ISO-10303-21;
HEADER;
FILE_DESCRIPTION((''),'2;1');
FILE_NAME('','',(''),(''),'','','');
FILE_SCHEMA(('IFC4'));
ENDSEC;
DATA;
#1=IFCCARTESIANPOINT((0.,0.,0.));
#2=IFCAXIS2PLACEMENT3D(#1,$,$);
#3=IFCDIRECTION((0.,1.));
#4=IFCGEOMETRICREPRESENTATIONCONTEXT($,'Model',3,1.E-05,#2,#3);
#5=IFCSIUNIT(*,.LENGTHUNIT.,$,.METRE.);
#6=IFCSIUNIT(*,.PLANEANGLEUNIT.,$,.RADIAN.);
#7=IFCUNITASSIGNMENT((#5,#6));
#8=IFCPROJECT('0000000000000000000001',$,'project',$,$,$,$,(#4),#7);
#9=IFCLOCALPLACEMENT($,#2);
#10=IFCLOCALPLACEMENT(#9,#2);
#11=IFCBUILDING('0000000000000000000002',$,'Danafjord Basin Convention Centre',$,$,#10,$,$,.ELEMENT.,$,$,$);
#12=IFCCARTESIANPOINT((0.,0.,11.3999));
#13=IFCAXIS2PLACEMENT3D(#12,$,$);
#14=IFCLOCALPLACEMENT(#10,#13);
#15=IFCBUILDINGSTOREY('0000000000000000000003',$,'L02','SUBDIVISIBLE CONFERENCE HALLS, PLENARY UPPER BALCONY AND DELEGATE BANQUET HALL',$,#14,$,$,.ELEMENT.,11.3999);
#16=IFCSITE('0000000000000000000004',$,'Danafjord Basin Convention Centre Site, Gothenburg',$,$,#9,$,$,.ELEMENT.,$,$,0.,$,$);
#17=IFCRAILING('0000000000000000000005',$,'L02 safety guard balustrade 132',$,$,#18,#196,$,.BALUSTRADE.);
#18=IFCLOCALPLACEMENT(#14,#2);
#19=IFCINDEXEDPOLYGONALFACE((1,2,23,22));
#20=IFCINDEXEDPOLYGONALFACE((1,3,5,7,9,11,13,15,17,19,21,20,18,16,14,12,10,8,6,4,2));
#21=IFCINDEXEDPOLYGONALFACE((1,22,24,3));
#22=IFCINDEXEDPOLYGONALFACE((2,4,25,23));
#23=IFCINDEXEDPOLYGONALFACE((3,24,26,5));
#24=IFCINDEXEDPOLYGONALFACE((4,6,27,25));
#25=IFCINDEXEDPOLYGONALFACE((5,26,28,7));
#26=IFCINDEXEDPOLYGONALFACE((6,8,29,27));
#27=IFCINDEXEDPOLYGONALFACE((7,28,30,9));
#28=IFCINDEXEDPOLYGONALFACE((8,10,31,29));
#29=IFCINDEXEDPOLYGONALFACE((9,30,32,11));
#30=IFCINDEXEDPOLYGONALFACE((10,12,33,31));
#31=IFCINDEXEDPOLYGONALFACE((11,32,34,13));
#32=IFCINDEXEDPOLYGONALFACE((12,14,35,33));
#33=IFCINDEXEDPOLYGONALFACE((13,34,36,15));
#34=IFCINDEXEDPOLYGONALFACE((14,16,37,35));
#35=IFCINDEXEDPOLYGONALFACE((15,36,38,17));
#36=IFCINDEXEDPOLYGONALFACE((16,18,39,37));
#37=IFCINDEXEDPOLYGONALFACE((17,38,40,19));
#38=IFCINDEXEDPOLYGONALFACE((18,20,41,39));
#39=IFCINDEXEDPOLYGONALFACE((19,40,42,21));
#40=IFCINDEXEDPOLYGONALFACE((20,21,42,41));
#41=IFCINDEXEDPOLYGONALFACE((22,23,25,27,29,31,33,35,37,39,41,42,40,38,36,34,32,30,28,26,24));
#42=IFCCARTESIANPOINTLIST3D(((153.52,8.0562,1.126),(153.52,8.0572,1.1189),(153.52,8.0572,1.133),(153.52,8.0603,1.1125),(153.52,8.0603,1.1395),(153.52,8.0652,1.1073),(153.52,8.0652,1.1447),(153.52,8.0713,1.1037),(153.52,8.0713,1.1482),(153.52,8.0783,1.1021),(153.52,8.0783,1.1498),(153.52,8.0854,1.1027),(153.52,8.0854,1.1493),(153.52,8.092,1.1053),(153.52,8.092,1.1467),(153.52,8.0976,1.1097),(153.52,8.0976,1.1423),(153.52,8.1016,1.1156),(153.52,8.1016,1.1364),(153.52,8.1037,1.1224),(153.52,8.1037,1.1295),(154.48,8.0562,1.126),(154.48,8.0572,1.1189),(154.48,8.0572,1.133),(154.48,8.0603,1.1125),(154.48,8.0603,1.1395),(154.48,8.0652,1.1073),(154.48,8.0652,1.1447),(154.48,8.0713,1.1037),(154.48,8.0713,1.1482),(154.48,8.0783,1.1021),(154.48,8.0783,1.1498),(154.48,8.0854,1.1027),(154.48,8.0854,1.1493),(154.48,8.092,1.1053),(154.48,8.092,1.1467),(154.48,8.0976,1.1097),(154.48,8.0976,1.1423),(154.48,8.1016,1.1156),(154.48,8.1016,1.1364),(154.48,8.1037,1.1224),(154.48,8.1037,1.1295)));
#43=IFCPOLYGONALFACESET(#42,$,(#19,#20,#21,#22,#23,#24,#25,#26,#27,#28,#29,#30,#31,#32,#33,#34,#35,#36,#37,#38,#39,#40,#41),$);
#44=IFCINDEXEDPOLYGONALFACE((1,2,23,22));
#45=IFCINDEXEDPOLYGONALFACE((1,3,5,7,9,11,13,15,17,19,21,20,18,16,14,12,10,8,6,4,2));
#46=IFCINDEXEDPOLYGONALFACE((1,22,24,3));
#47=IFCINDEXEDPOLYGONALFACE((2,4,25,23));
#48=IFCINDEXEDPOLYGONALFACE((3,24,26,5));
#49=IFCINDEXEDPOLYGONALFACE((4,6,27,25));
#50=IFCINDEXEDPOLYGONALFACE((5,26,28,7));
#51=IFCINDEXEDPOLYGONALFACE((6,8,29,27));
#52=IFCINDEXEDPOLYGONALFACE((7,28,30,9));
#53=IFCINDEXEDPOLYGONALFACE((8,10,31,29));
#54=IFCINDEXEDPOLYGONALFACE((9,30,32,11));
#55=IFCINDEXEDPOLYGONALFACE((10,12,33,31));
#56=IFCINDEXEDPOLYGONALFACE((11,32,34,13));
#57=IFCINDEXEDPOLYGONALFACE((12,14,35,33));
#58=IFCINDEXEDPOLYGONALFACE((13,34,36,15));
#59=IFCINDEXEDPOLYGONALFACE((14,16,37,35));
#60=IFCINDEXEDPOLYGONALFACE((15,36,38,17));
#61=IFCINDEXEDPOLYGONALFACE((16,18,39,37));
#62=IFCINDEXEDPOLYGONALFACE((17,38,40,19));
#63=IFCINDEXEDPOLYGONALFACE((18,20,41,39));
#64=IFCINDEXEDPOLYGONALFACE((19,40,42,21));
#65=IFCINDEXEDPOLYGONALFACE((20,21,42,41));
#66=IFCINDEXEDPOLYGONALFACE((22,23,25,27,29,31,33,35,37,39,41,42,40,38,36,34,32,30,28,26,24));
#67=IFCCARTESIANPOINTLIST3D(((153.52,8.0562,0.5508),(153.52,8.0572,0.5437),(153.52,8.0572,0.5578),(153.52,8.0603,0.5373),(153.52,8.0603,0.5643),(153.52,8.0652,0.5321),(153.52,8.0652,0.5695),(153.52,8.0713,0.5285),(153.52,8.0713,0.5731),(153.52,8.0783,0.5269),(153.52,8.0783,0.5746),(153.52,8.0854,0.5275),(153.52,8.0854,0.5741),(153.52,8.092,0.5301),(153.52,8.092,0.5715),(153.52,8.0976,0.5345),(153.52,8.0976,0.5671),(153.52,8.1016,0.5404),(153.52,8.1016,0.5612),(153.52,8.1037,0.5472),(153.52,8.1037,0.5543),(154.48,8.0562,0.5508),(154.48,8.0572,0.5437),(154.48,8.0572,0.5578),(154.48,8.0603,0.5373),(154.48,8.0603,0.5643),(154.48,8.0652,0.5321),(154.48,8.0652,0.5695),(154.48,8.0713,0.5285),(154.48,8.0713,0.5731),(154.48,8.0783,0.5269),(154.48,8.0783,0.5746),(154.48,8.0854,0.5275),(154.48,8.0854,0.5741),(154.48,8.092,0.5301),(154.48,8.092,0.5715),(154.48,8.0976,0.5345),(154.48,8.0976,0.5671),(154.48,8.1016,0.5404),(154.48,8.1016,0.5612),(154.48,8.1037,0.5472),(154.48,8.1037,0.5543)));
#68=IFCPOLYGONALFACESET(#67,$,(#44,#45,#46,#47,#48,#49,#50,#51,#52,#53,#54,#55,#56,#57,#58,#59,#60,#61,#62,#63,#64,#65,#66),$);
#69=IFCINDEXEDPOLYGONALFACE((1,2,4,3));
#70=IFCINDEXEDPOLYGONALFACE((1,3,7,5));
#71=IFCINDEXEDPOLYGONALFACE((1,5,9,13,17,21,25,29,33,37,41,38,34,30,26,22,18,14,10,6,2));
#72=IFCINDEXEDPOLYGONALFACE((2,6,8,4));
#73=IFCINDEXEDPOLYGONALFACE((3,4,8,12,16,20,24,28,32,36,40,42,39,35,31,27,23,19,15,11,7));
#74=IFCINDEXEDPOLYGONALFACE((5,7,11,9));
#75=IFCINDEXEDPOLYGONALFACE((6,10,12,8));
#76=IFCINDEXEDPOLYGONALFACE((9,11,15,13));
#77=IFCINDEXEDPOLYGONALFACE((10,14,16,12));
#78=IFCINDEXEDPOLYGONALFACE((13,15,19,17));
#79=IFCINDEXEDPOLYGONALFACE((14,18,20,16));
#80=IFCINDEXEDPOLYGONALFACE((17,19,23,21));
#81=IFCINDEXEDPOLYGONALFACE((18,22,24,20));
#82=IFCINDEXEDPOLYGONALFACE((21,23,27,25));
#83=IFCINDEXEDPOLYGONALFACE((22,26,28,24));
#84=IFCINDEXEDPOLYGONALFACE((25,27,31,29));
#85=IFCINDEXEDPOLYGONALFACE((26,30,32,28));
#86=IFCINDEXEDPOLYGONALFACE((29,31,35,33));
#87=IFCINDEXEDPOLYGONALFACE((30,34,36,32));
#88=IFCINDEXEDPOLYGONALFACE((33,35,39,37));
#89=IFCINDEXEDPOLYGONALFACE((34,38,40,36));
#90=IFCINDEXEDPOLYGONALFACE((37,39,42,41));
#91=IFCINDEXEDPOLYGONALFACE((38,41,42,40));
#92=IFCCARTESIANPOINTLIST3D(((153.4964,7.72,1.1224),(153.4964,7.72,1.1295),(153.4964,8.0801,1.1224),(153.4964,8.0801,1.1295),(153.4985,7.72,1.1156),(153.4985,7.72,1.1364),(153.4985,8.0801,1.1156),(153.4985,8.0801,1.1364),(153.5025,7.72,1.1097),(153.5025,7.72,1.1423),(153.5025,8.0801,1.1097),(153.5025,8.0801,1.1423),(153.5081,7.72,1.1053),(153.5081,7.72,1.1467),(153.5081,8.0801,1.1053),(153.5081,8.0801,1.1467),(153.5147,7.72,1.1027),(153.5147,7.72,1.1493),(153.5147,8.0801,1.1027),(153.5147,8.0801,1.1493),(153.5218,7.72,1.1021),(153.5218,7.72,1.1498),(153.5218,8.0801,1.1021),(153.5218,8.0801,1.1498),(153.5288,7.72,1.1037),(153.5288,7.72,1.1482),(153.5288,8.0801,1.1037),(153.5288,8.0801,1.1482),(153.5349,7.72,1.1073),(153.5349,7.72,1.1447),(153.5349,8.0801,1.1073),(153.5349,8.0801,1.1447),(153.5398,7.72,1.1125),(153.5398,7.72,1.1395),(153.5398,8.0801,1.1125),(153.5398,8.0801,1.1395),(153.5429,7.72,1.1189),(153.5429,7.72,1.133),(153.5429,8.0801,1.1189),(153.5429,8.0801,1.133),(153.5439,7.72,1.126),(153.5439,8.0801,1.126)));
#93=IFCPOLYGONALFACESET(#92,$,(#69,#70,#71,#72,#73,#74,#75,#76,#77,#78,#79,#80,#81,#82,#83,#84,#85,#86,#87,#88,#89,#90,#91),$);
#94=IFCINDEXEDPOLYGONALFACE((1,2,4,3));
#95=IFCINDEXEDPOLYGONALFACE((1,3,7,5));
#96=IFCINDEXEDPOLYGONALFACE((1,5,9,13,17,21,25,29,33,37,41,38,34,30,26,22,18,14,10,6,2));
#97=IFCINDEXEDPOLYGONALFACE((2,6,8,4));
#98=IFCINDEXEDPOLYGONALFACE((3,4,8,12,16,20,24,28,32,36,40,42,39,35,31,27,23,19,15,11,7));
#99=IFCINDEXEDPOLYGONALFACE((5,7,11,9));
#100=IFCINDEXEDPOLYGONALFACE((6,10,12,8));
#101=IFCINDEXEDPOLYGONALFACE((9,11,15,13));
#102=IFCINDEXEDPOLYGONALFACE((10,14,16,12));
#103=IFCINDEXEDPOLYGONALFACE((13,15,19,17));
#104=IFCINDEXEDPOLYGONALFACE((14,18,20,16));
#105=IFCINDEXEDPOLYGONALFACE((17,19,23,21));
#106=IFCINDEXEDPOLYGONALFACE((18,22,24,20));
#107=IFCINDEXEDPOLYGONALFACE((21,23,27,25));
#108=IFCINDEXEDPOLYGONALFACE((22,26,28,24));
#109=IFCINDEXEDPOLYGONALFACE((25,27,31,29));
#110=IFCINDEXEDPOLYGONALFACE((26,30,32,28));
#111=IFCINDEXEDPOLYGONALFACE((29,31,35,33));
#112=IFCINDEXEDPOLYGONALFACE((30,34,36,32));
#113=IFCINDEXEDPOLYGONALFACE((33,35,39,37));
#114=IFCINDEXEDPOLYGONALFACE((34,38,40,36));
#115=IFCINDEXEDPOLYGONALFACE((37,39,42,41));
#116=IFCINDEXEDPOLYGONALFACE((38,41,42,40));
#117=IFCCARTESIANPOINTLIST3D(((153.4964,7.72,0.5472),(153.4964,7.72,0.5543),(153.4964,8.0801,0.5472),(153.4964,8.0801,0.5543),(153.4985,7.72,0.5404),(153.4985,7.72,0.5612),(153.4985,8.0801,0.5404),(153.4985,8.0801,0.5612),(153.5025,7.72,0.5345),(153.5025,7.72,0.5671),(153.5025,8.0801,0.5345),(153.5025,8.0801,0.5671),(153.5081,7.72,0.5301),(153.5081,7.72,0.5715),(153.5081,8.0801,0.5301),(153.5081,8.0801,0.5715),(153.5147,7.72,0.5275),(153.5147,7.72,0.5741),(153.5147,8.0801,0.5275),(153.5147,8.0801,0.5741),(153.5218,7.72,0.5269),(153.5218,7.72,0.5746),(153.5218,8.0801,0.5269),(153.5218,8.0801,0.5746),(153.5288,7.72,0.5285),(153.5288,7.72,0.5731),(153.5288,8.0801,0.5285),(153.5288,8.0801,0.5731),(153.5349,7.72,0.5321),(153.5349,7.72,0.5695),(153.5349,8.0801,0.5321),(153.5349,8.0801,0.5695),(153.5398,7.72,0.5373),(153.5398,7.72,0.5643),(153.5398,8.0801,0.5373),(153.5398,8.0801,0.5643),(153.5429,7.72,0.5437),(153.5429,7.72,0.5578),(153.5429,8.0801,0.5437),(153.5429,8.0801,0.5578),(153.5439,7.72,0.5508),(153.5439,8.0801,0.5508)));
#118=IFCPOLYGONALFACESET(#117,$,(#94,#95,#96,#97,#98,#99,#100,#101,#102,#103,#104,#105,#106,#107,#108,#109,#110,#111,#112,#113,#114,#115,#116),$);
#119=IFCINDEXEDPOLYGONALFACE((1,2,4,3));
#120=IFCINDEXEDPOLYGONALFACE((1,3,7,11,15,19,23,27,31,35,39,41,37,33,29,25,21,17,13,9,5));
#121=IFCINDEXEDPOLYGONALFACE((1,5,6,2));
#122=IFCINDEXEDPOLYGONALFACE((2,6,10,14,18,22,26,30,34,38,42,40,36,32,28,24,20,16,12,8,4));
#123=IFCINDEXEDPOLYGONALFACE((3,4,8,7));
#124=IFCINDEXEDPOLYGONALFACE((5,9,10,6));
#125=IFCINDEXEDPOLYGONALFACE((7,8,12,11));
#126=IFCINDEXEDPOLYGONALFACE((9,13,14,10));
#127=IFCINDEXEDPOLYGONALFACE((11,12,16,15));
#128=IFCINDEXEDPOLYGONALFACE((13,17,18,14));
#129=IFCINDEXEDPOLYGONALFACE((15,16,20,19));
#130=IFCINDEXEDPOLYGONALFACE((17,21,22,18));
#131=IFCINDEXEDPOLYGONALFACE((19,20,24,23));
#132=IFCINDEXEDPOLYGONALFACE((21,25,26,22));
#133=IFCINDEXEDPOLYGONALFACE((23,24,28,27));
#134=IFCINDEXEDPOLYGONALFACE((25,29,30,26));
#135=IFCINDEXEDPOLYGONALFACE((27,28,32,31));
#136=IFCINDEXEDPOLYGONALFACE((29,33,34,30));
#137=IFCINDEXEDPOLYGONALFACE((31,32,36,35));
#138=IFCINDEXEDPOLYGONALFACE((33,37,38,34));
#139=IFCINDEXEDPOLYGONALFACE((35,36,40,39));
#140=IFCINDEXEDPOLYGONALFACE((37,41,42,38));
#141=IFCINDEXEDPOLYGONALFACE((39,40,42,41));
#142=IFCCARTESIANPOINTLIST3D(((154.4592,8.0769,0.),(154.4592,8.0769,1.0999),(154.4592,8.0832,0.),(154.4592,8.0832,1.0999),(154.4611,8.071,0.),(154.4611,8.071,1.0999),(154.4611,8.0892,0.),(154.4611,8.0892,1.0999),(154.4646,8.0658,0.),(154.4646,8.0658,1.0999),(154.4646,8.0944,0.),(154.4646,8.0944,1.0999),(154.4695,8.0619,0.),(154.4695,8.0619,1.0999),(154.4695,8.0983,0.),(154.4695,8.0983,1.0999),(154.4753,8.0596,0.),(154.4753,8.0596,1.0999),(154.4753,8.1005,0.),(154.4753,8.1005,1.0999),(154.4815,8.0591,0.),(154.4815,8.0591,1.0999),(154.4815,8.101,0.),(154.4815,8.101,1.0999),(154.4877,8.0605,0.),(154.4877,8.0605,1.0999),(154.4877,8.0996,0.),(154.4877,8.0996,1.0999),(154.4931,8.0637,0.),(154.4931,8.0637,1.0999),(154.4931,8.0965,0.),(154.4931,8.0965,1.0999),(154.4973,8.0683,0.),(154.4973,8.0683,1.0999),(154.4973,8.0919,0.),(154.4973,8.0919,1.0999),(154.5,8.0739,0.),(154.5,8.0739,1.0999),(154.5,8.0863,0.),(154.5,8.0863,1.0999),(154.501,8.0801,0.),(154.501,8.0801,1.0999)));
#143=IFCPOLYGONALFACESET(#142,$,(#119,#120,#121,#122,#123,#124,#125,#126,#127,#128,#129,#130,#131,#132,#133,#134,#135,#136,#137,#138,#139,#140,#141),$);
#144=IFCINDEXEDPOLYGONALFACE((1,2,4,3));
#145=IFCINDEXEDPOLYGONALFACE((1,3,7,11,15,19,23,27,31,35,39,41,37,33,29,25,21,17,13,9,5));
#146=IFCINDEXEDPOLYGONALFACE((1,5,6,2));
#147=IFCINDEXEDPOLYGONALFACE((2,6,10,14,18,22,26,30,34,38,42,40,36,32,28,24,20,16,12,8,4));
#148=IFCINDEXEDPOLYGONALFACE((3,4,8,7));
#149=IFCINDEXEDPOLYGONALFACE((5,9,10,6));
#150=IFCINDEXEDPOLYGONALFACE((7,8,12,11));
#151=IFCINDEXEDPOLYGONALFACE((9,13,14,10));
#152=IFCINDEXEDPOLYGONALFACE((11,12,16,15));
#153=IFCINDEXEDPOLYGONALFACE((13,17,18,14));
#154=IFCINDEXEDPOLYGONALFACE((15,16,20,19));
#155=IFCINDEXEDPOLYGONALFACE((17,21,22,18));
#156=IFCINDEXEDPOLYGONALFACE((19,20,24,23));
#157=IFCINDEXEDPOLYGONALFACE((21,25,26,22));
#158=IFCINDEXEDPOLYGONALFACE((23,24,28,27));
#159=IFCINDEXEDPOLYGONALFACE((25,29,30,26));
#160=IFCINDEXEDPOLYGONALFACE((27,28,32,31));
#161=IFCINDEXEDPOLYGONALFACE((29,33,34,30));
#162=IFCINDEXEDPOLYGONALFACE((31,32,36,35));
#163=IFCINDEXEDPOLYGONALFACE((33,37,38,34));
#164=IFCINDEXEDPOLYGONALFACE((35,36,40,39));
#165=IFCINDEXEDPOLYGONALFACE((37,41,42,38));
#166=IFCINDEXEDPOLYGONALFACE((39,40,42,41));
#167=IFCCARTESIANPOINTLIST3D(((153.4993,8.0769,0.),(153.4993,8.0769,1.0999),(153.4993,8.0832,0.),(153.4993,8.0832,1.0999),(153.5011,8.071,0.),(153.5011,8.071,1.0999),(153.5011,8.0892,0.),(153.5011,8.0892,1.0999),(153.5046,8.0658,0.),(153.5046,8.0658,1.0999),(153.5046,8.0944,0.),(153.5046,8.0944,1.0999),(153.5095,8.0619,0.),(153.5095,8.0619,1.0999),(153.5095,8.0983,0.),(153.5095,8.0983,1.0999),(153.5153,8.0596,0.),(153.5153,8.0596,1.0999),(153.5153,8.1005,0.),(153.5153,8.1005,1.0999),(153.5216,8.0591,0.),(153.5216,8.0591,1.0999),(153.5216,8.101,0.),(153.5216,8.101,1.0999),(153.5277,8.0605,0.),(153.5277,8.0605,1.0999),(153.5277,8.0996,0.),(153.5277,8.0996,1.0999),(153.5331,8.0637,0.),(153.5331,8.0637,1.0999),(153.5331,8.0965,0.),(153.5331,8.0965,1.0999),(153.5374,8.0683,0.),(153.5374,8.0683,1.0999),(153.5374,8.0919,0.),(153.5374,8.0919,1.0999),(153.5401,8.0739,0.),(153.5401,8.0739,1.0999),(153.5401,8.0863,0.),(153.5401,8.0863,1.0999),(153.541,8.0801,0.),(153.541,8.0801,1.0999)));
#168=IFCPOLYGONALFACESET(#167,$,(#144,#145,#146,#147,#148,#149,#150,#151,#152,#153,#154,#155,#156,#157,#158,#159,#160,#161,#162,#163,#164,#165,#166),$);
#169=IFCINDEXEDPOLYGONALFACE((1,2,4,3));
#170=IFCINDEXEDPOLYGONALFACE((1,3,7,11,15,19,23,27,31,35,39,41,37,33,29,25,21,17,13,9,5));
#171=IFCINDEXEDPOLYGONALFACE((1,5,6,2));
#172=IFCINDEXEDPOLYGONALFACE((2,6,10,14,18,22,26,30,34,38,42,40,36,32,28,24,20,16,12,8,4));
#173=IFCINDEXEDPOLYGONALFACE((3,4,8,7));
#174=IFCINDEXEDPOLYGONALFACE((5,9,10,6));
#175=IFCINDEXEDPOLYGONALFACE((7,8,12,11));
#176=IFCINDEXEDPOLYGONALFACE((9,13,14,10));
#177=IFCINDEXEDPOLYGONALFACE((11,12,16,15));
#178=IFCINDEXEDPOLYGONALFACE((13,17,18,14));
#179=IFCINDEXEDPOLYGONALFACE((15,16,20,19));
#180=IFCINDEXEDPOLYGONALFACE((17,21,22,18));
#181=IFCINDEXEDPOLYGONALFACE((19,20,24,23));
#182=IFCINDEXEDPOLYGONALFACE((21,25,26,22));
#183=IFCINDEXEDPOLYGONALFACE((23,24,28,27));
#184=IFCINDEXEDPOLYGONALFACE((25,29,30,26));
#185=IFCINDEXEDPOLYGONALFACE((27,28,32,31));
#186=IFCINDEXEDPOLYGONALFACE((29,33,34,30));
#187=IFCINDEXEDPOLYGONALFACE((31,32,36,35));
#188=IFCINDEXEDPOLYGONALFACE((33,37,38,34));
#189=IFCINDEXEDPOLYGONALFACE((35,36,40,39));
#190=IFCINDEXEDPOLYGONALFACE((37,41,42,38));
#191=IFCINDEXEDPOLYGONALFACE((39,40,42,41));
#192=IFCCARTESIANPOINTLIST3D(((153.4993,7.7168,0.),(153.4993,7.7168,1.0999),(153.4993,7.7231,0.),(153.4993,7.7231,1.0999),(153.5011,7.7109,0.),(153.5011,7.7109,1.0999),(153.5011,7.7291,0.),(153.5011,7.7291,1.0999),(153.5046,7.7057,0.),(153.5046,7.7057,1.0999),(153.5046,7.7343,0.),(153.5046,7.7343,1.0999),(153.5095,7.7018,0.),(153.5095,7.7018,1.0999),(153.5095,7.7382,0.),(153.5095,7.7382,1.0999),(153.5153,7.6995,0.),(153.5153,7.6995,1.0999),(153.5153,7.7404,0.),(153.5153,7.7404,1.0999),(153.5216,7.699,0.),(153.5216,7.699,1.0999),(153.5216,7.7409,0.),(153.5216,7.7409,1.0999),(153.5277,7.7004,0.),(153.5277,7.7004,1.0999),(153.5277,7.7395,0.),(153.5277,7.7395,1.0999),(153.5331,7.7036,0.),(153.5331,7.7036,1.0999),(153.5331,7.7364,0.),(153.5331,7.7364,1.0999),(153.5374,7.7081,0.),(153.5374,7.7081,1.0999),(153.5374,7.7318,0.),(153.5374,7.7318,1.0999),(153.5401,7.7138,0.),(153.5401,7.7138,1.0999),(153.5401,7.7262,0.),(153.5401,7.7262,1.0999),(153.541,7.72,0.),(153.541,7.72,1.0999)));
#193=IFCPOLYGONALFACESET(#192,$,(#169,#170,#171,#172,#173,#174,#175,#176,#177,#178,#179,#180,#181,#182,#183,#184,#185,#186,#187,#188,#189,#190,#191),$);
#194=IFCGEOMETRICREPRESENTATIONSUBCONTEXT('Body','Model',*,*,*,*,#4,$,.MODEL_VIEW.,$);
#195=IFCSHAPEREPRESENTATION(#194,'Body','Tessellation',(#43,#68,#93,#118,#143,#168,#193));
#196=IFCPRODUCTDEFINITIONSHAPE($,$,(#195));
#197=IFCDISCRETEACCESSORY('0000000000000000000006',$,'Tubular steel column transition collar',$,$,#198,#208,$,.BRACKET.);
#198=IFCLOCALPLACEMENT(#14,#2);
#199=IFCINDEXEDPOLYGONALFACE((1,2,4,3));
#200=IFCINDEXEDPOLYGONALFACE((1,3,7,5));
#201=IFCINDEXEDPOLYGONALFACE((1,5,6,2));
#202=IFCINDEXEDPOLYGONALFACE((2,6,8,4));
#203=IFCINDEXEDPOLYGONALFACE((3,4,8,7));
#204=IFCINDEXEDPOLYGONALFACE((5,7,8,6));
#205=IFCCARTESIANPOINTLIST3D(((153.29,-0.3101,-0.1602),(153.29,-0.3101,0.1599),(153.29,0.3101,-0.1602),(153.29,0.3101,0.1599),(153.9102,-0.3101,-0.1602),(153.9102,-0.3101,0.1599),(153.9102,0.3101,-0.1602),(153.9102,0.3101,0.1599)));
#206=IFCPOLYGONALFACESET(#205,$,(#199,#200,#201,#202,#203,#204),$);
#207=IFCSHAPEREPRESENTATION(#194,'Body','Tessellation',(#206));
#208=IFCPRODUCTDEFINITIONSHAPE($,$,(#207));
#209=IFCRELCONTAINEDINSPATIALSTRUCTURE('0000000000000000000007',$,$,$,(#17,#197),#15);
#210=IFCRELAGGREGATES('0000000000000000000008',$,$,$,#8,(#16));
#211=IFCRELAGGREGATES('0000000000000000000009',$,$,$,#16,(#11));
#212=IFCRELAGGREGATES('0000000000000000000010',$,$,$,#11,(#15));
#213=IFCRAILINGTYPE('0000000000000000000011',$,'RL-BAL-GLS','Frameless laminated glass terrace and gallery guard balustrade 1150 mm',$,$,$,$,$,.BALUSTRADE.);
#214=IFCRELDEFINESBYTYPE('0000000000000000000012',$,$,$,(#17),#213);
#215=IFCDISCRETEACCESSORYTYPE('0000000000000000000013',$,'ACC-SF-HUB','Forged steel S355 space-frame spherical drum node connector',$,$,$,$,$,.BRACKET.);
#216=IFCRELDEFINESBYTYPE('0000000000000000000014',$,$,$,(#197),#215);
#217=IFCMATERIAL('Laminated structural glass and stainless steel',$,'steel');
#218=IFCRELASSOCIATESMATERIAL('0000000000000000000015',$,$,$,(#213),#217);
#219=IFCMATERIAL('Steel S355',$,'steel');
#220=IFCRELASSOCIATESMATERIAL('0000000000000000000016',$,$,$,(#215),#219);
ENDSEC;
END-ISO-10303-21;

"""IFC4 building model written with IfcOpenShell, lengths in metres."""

from ifc_helpers import new_model, si_unit, direction, frame, origin, origin_2d, place, context, subcontext, project, spatial, rectangle, circle, extrude, material, type_object, element, save


model = new_model("IFC4")

# Units and contexts
model_context = context("Model", 3, precision=1e-05, world=origin(), true_north=direction((0.0, 1.0)))
body_context = subcontext(model_context, "Body", "Model", "MODEL_VIEW")
ifc_project = project(units=[si_unit("LENGTHUNIT", "METRE"), si_unit("PLANEANGLEUNIT", "RADIAN")], contexts=[model_context])

# Site, building, storey
site_placement = place(None, origin())
site = spatial("IfcSite", under=ifc_project, at=site_placement, Name="Danafjord Basin Convention Centre Site, Gothenburg", CompositionType="ELEMENT", RefElevation=0.0)
building_placement = place(site_placement, origin())
building = spatial("IfcBuilding", under=site, at=building_placement, Name="Danafjord Basin Convention Centre", CompositionType="ELEMENT")
storey_placement = place(building_placement, frame((0.0, 0.0, 11.3999)))
storey = spatial("IfcBuildingStorey", under=building, at=storey_placement, Name="L02", Description="SUBDIVISIBLE CONFERENCE HALLS, PLENARY UPPER BALCONY AND DELEGATE BANQUET HALL", CompositionType="ELEMENT", Elevation=11.3999)

# Shared definitions
ifc_material_1 = material(Name="Steel S355", Category="steel")

# Railing
ifc_material_2 = material(Name="Laminated structural glass and stainless steel", Category="steel")
railing_type = type_object("IfcRailingType", Name="RL-BAL-GLS", Description="Frameless laminated glass terrace and gallery guard balustrade 1150 mm", PredefinedType="BALUSTRADE", material=ifc_material_2)
railing_1_placement = place(storey_placement, frame((154.48, 8.0801, 0.0)))
element("IfcRailing", 1, at=railing_1_placement, inside=storey, type_object=railing_type, Name="L02 safety guard balustrade 132", PredefinedType="BALUSTRADE", context=body_context, shape_type="SweptSolid", body=[
    extrude(circle(Radius=0.0239, at=origin_2d()), frame((0.0, 0.0, 1.126), z_axis=(-1.0, 0.0, 0.0), x_axis=(0.0, -1.0, 0.0)), (0.0, 0.0, 1.0), 0.96),
    extrude(circle(Radius=0.0239, at=origin_2d()), frame((0.0, 0.0, 0.5508), z_axis=(-1.0, 0.0, 0.0), x_axis=(0.0, -1.0, 0.0)), (0.0, 0.0, 1.0), 0.96),
    extrude(circle(Radius=0.0239, at=origin_2d()), frame((-0.96, 0.0, 1.126), z_axis=(0.0, -1.0, 0.0), x_axis=(1.0, 0.0, 0.0)), (0.0, 0.0, 1.0), 0.3601),
    extrude(circle(Radius=0.0239, at=origin_2d()), frame((-0.96, 0.0, 0.5508), z_axis=(0.0, -1.0, 0.0), x_axis=(1.0, 0.0, 0.0)), (0.0, 0.0, 1.0), 0.3601),
    extrude(circle(Radius=0.021, at=origin_2d()), origin(), (0.0, 0.0, 1.0), 1.0999),
    extrude(circle(Radius=0.021, at=origin_2d()), frame((-0.96, 0.0, 0.0)), (0.0, 0.0, 1.0), 1.0999),
    extrude(circle(Radius=0.021, at=origin_2d()), frame((-0.96, -0.3601, 0.0)), (0.0, 0.0, 1.0), 1.0999),
])

# Discrete accessory
discrete_accessory_type = type_object("IfcDiscreteAccessoryType", Name="ACC-SF-HUB", Description="Forged steel S355 space-frame spherical drum node connector", PredefinedType="BRACKET", material=ifc_material_1)
for number, where, z_axis, x_axis, name in (
    (2, (153.6001, 0.0, -0.1602), (0.0, 0.0, 1.0), (1.0, 0.0, 0.0), "Tubular steel column transition collar"),
):
    element("IfcDiscreteAccessory", number, at=place(storey_placement, frame(where, z_axis=z_axis, x_axis=x_axis)), inside=storey, type_object=discrete_accessory_type, Name=name, PredefinedType="BRACKET", context=body_context, shape_type="SweptSolid", body=[
        extrude(rectangle(XDim=0.6201, YDim=0.6201, at=origin_2d()), origin(), (0.0, 0.0, 1.0), 0.3201),
    ])

save(model, "model.ifc")
